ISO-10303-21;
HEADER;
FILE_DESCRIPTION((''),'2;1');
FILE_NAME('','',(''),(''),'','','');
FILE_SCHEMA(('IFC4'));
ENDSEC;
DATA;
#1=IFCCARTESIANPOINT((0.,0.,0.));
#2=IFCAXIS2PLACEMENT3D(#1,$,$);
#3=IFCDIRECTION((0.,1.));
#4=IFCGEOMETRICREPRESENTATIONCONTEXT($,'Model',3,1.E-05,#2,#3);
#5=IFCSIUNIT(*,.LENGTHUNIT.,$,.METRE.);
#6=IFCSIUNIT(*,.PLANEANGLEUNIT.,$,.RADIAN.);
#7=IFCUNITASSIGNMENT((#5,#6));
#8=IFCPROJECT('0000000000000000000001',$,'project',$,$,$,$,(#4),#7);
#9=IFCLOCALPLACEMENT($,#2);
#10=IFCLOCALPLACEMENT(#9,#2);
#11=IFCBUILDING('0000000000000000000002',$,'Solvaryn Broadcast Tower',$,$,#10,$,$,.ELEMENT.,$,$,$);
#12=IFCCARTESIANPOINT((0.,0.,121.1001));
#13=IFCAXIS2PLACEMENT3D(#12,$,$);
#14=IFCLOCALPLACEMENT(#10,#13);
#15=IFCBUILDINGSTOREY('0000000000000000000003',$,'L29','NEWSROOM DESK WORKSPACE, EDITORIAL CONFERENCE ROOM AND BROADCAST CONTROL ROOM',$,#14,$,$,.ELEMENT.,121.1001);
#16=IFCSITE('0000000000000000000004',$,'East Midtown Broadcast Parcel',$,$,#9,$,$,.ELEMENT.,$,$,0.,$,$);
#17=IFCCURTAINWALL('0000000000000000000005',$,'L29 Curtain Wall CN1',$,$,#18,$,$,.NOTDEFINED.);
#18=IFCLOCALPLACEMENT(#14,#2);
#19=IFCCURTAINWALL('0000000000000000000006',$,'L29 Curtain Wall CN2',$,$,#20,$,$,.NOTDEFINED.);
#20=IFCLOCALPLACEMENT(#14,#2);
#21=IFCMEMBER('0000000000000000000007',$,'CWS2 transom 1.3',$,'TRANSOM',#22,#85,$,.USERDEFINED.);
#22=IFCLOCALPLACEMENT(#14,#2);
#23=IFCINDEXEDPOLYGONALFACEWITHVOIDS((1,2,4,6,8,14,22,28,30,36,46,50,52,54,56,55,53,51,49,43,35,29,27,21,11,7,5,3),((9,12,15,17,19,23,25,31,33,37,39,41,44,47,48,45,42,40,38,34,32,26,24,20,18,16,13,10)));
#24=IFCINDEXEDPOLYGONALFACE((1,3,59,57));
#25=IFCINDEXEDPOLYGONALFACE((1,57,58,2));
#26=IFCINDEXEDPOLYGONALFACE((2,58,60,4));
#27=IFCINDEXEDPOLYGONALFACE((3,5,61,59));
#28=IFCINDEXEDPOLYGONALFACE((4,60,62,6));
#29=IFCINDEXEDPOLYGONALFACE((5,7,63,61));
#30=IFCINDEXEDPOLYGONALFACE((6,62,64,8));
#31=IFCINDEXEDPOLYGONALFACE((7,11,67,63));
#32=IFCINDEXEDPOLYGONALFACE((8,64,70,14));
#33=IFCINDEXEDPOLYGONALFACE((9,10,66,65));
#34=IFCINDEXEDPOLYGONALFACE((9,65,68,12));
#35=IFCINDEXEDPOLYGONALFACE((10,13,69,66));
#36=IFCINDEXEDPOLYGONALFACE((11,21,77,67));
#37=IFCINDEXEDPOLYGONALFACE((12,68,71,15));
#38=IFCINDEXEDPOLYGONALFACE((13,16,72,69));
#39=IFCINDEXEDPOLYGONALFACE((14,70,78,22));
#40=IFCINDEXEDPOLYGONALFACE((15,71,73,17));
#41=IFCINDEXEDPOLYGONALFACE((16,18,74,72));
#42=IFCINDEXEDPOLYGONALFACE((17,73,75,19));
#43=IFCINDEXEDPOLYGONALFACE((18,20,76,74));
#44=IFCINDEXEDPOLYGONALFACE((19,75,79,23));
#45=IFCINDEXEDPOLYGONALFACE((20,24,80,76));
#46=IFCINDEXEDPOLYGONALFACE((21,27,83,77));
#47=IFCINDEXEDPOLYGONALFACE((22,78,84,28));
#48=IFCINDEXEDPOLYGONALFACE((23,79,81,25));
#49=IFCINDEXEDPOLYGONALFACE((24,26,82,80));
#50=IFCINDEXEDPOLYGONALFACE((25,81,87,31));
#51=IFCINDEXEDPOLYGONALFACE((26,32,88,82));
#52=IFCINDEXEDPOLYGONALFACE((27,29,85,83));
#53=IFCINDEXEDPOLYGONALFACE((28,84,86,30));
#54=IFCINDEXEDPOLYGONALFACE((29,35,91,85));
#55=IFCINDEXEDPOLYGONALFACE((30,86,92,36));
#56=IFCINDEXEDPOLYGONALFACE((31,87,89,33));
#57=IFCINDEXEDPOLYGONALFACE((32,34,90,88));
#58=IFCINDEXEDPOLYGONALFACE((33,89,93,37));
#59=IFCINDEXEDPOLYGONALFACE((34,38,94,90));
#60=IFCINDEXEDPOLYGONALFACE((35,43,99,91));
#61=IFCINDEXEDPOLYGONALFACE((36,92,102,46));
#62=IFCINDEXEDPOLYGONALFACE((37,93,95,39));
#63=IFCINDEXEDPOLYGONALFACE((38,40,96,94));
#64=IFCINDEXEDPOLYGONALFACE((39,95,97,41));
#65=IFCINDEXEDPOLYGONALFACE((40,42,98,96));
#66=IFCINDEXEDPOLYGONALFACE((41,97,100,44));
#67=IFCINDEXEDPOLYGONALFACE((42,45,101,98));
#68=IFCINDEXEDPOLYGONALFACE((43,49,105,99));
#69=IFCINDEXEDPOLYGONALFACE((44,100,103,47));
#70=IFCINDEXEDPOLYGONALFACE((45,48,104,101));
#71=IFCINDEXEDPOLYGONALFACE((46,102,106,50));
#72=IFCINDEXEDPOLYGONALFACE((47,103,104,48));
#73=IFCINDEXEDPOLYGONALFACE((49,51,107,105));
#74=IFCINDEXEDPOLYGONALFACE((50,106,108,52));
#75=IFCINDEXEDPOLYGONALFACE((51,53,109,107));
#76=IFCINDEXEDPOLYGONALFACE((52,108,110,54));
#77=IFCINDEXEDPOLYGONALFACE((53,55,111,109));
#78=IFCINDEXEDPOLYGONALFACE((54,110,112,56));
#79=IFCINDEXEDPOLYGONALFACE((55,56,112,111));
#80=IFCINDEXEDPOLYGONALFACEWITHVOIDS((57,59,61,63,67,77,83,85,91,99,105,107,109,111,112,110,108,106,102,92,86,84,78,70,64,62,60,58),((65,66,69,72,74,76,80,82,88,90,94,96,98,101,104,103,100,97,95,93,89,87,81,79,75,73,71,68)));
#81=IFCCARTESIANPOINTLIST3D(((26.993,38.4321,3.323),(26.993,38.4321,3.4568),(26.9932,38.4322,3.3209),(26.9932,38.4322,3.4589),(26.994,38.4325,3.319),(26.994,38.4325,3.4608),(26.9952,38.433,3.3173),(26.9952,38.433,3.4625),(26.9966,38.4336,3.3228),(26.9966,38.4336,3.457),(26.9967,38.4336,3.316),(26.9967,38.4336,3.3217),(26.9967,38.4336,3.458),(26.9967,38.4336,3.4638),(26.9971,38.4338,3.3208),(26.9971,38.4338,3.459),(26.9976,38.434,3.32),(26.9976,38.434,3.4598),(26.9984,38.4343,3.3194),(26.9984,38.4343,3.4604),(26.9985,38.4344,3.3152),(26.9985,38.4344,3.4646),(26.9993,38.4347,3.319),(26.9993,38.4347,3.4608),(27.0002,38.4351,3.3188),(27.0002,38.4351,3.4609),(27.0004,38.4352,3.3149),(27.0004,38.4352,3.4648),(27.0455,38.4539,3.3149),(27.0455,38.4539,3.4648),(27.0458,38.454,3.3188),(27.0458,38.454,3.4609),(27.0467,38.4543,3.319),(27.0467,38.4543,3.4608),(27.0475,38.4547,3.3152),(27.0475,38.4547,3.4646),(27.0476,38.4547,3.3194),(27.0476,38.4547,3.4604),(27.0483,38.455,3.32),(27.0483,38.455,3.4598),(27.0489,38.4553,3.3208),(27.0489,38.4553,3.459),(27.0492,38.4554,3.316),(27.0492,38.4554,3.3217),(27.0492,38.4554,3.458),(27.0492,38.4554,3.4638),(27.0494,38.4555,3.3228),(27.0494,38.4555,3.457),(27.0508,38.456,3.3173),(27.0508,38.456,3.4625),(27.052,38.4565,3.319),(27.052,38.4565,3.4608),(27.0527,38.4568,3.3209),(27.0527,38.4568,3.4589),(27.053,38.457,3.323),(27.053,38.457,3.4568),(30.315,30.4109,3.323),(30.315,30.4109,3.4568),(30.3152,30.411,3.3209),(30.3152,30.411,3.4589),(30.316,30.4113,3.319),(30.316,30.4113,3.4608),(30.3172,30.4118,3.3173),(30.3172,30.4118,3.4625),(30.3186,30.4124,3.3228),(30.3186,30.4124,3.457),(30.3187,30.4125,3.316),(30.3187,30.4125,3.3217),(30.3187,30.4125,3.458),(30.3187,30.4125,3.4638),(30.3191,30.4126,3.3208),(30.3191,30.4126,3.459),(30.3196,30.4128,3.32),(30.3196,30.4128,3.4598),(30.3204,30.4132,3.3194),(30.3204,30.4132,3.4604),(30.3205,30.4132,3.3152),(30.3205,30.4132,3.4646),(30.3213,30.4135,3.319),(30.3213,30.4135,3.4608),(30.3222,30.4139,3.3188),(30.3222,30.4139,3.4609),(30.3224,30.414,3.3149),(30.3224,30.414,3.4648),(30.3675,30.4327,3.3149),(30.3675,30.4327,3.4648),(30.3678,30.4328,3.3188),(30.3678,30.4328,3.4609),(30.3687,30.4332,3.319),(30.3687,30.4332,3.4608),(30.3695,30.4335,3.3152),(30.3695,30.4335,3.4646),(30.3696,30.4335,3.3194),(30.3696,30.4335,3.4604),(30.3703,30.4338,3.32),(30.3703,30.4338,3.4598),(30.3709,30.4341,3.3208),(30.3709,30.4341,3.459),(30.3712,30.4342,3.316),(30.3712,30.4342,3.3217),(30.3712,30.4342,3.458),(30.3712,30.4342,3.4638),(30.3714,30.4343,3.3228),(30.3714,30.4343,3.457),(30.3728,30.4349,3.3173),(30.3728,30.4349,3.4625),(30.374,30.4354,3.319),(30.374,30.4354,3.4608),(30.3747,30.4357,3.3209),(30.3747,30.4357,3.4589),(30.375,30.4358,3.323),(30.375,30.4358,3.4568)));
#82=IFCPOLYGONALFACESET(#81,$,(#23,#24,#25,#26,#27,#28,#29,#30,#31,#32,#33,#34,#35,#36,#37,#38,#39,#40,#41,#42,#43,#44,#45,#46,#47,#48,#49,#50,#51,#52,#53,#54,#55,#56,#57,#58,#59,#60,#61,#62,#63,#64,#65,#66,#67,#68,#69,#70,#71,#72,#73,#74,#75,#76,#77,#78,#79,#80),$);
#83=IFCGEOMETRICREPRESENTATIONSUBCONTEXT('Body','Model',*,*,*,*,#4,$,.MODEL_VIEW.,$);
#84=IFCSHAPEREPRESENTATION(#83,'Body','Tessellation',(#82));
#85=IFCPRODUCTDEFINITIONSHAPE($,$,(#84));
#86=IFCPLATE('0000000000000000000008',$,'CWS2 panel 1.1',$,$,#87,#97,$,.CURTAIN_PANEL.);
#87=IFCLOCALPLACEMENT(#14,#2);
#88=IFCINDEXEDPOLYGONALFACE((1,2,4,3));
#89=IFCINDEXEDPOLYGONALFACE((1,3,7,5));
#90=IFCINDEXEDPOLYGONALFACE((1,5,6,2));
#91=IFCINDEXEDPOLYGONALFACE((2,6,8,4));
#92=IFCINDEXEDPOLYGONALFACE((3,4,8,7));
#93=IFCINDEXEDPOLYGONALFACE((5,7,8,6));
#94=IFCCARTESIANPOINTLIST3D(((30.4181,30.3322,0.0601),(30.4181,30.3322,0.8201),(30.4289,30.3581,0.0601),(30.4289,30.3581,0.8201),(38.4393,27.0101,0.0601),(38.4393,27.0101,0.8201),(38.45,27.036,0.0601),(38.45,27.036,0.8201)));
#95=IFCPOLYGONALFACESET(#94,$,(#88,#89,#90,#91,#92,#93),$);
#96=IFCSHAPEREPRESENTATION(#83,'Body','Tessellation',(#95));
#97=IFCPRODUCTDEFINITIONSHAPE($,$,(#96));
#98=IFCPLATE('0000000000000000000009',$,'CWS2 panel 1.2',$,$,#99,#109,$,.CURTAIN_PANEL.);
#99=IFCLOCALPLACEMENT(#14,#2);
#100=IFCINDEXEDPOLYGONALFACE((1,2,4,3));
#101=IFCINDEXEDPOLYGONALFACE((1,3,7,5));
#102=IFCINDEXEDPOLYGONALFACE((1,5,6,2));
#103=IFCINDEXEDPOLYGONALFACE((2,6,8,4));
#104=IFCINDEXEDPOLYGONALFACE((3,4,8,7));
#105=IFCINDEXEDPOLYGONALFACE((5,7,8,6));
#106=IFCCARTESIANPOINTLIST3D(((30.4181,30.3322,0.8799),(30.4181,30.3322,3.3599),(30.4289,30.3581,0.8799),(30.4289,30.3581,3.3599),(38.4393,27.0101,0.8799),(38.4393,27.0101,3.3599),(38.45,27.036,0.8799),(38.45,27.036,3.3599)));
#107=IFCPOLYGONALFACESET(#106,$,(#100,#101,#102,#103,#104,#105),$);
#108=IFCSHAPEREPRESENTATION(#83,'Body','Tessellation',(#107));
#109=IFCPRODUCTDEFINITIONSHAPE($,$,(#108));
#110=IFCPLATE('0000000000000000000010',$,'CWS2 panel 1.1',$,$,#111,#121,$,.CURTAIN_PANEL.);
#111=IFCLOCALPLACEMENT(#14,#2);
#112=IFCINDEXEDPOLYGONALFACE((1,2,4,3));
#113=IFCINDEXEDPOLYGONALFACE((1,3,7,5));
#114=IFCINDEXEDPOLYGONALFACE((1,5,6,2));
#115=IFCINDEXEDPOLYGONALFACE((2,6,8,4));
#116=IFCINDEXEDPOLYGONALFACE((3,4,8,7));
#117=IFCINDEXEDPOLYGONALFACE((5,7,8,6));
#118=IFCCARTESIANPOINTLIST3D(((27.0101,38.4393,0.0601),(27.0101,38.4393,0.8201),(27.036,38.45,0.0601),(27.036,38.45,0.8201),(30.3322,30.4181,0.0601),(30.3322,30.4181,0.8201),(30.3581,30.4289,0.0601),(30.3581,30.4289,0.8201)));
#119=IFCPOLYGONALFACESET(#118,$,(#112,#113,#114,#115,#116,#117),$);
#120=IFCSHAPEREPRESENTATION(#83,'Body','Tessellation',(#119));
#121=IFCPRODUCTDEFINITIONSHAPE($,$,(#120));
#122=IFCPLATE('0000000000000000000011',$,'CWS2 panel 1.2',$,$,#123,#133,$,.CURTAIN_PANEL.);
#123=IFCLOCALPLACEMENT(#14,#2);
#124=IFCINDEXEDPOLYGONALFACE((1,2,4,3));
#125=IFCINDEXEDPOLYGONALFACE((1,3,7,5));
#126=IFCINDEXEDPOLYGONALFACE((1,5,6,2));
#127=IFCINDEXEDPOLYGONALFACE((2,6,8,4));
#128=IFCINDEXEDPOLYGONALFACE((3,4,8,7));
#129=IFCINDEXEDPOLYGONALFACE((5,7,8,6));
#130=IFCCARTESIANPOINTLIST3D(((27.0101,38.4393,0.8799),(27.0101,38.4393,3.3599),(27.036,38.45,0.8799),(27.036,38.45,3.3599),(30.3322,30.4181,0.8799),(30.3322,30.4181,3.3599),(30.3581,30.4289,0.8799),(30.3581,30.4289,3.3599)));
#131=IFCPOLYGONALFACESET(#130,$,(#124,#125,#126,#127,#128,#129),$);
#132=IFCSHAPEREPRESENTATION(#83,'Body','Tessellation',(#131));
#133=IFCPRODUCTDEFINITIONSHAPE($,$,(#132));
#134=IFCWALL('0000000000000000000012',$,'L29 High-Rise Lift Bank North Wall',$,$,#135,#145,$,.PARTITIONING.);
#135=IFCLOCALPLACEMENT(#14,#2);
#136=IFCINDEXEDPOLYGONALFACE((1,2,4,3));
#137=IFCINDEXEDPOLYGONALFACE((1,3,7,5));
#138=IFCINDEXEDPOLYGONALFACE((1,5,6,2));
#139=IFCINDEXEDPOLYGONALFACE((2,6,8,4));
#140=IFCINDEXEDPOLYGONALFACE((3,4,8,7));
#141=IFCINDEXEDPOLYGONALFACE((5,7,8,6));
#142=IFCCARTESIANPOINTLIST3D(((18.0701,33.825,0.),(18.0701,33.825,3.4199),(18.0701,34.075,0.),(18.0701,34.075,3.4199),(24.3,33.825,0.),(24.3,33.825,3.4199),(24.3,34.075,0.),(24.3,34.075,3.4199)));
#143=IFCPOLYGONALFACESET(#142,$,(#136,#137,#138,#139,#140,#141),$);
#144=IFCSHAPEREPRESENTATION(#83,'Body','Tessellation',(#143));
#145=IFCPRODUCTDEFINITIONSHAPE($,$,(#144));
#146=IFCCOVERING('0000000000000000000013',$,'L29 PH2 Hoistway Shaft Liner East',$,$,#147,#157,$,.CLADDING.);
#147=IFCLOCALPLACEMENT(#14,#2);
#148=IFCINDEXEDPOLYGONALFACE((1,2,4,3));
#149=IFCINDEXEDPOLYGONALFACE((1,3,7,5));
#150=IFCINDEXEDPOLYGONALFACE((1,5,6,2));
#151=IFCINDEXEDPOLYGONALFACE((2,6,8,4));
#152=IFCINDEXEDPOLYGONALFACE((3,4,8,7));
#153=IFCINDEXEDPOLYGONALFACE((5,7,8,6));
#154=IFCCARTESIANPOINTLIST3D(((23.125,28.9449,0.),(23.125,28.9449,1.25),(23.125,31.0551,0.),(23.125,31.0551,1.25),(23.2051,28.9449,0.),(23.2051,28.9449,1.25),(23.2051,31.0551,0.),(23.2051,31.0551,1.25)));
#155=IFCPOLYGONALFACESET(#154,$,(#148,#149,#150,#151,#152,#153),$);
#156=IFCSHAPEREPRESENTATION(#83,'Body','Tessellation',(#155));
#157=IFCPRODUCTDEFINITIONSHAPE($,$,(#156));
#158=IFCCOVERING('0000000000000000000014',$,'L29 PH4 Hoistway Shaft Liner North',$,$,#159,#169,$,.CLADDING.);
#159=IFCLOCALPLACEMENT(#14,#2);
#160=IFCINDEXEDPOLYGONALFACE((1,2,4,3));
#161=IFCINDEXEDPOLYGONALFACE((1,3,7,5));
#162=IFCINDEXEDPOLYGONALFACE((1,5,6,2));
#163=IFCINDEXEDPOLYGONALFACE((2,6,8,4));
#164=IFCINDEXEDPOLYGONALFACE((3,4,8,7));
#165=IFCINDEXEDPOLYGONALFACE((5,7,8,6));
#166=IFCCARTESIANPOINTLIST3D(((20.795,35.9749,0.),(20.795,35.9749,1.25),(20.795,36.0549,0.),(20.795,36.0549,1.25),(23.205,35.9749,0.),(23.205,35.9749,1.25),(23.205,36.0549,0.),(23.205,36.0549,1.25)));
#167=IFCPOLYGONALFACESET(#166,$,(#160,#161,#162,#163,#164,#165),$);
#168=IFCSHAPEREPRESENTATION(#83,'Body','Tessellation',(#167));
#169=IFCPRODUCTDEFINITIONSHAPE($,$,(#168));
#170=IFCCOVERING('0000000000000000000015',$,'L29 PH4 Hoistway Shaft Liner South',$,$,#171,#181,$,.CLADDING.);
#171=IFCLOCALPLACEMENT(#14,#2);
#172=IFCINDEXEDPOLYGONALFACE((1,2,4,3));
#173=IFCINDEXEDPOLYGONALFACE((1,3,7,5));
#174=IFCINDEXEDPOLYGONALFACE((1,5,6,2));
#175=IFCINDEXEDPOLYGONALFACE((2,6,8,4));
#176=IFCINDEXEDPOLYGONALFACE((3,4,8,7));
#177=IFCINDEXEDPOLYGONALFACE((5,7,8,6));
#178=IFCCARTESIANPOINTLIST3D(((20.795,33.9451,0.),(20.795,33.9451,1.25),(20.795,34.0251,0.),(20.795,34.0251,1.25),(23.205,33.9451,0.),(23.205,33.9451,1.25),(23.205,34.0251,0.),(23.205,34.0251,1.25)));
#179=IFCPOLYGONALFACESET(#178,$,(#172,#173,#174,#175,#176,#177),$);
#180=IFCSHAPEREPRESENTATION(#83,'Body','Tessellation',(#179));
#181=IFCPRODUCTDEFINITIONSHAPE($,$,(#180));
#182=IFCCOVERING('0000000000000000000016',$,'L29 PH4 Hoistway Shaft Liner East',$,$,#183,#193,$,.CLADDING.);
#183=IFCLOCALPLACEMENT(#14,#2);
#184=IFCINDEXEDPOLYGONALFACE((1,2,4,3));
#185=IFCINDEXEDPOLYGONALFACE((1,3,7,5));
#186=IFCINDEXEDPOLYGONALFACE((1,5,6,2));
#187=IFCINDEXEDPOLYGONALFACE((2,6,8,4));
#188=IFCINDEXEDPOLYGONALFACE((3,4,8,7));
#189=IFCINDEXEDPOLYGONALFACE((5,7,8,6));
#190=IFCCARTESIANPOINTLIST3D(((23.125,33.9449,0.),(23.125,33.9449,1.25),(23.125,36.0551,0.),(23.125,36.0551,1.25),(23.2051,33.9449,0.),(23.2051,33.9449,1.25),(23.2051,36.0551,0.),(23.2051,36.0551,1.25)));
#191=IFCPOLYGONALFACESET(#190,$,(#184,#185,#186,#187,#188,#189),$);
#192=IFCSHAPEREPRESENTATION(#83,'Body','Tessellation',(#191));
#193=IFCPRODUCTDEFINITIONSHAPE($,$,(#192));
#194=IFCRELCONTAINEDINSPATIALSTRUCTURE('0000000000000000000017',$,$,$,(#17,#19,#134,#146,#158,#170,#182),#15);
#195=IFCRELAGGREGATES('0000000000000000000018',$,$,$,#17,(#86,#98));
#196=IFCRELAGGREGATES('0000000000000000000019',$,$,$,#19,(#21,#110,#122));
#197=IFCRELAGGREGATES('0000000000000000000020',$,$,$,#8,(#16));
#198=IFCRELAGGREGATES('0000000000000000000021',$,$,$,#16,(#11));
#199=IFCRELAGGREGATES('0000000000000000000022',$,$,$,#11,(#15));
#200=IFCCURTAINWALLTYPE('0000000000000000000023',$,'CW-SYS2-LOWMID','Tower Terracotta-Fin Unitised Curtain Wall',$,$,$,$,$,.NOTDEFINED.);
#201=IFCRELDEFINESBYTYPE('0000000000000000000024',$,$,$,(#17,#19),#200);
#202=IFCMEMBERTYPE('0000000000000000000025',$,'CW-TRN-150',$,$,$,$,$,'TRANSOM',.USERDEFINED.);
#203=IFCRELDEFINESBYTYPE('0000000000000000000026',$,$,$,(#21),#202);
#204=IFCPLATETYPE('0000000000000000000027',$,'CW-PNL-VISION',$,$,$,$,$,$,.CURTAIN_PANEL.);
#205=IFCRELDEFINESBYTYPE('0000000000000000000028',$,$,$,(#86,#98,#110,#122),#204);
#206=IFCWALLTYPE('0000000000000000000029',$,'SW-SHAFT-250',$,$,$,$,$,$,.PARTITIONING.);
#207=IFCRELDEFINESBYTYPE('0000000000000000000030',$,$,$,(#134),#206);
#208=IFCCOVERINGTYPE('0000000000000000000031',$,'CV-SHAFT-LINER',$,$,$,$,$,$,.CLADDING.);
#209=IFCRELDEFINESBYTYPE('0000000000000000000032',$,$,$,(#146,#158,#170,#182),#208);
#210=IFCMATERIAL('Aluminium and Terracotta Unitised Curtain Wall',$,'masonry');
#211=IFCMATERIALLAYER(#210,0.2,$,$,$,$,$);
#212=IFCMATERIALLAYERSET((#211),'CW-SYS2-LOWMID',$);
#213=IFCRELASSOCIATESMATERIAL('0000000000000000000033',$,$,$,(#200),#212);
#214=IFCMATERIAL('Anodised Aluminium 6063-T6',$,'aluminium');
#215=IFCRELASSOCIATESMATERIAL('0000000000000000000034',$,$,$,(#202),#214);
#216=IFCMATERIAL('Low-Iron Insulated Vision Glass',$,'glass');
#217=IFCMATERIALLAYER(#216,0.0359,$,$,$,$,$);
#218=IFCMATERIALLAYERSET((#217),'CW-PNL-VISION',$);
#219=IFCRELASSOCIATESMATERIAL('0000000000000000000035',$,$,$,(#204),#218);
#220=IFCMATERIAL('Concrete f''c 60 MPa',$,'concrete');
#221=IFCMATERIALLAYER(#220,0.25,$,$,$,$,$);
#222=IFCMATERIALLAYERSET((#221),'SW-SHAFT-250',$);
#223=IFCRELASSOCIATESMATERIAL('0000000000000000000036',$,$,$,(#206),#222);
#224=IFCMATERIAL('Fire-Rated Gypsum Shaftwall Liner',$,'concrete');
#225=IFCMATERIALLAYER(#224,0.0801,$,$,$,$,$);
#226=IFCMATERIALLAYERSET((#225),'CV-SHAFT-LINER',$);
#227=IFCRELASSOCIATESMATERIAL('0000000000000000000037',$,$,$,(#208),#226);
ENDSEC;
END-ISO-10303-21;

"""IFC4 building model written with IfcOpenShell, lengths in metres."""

from ifc_helpers import new_model, si_unit, direction, frame, frame_2d, origin, origin_2d, place, context, subcontext, project, spatial, rectangle, hollow_rectangle, extrude, material, layer, layer_set, material_profile, profile_set, type_object, element, aggregate, save


model = new_model("IFC4")

# Units and contexts
model_context = context("Model", 3, precision=1e-05, world=origin(), true_north=direction((0.0, 1.0)))
body_context = subcontext(model_context, "Body", "Model", "MODEL_VIEW")
ifc_project = project(units=[si_unit("LENGTHUNIT", "METRE"), si_unit("PLANEANGLEUNIT", "RADIAN")], contexts=[model_context])

# Site, building, storey
site_placement = place(None, origin())
site = spatial("IfcSite", under=ifc_project, at=site_placement, Name="East Midtown Broadcast Parcel", CompositionType="ELEMENT", RefElevation=0.0)
building_placement = place(site_placement, origin())
building = spatial("IfcBuilding", under=site, at=building_placement, Name="Solvaryn Broadcast Tower", CompositionType="ELEMENT")
storey_placement = place(building_placement, frame((0.0, 0.0, 121.1001)))
storey = spatial("IfcBuildingStorey", under=building, at=storey_placement, Name="L29", Description="NEWSROOM DESK WORKSPACE, EDITORIAL CONFERENCE ROOM AND BROADCAST CONTROL ROOM", CompositionType="ELEMENT", Elevation=121.1001)

# Curtain wall
ifc_material_1 = material(Name="Aluminium and Terracotta Unitised Curtain Wall", Category="masonry")
ifc_layer_1 = layer(ifc_material_1, 0.2)
ifc_layer_set_1 = layer_set([ifc_layer_1], Name="CW-SYS2-LOWMID")
curtain_wall_type = type_object("IfcCurtainWallType", Name="CW-SYS2-LOWMID", Description="Tower Terracotta-Fin Unitised Curtain Wall", PredefinedType="NOTDEFINED", material=ifc_layer_set_1)
curtain_wall_1_placement = place(storey_placement, origin())
curtain_wall_1 = element("IfcCurtainWall", 1, at=curtain_wall_1_placement, inside=storey, type_object=curtain_wall_type, Name="L29 Curtain Wall CN1", PredefinedType="NOTDEFINED")

# Curtain wall, member
curtain_wall_2_placement = place(storey_placement, origin())
curtain_wall_2 = element("IfcCurtainWall", 2, at=curtain_wall_2_placement, inside=storey, type_object=curtain_wall_type, Name="L29 Curtain Wall CN2", PredefinedType="NOTDEFINED")
ifc_material_2 = material(Name="Anodised Aluminium 6063-T6", Category="aluminium")
ifc_material_profile_1 = material_profile(ifc_material_2, hollow_rectangle(XDim=0.0649, YDim=0.1499, WallThickness=0.0039, InnerFilletRadius=0.0039, OuterFilletRadius=0.0081, at=origin_2d()))
ifc_profile_set_1 = profile_set([ifc_material_profile_1], Name="Anodised Aluminium 6063-T6")
member_type_1 = type_object("IfcMemberType", Name="CW-TRN-150", ElementType="TRANSOM", PredefinedType="USERDEFINED", material=ifc_profile_set_1)
member_1_placement = place(storey_placement, frame((30.345, 30.4233, 3.3899), z_axis=(-0.382636, 0.923899, 0.0), x_axis=(-0.923899, -0.382636, 0.0)))
member_1 = element("IfcMember", 3, at=member_1_placement, type_object=member_type_1, Name="CWS2 transom 1.3", ObjectType="TRANSOM", PredefinedType="USERDEFINED", context=body_context, shape_type="SweptSolid", body=[
    extrude(hollow_rectangle(XDim=0.0649, YDim=0.1499, WallThickness=0.0039, InnerFilletRadius=0.0039, OuterFilletRadius=0.0081, at=origin_2d()), origin(), (0.0, 0.0, 1.0), 8.6819),
])

# Plates
ifc_material_3 = material(Name="Low-Iron Insulated Vision Glass", Category="glass")
ifc_layer_2 = layer(ifc_material_3, 0.0359)
ifc_layer_set_2 = layer_set([ifc_layer_2], Name="CW-PNL-VISION")
plate_type = type_object("IfcPlateType", Name="CW-PNL-VISION", PredefinedType="CURTAIN_PANEL", material=ifc_layer_set_2)
plate_1_placement = place(storey_placement, frame((34.4341, 28.6841, 0.0601), z_axis=(0.0, 0.0, 1.0), x_axis=(-0.923895, 0.382646, 0.0)))
plate_1 = element("IfcPlate", 4, at=plate_1_placement, type_object=plate_type, Name="CWS2 panel 1.1", PredefinedType="CURTAIN_PANEL", context=body_context, shape_type="SweptSolid", body=[
    extrude(rectangle(XDim=8.6819, YDim=0.0281, at=origin_2d()), origin(), (0.0, 0.0, 1.0), 0.76),
])
plate_2_placement = place(storey_placement, frame((34.4341, 28.6841, 0.8799), z_axis=(0.0, 0.0, 1.0), x_axis=(-0.923895, 0.382646, 0.0)))
plate_2 = element("IfcPlate", 5, at=plate_2_placement, type_object=plate_type, Name="CWS2 panel 1.2", PredefinedType="CURTAIN_PANEL", context=body_context, shape_type="SweptSolid", body=[
    extrude(rectangle(XDim=8.6819, YDim=0.0281, at=origin_2d()), origin(), (0.0, 0.0, 1.0), 2.48),
])
aggregate(curtain_wall_1, [plate_1, plate_2])
plate_3_placement = place(storey_placement, frame((28.6841, 34.4341, 0.0601), z_axis=(0.0, 0.0, 1.0), x_axis=(-0.382646, 0.923895, 0.0)))
plate_3 = element("IfcPlate", 6, at=plate_3_placement, type_object=plate_type, Name="CWS2 panel 1.1", PredefinedType="CURTAIN_PANEL", context=body_context, shape_type="SweptSolid", body=[
    extrude(rectangle(XDim=8.6819, YDim=0.0281, at=origin_2d()), origin(), (0.0, 0.0, 1.0), 0.76),
])
plate_4_placement = place(storey_placement, frame((28.6841, 34.4341, 0.8799), z_axis=(0.0, 0.0, 1.0), x_axis=(-0.382646, 0.923895, 0.0)))
plate_4 = element("IfcPlate", 7, at=plate_4_placement, type_object=plate_type, Name="CWS2 panel 1.2", PredefinedType="CURTAIN_PANEL", context=body_context, shape_type="SweptSolid", body=[
    extrude(rectangle(XDim=8.6819, YDim=0.0281, at=origin_2d()), origin(), (0.0, 0.0, 1.0), 2.48),
])
aggregate(curtain_wall_2, [member_1, plate_3, plate_4])

# Wall
ifc_material_4 = material(Name="Concrete f'c 60 MPa", Category="concrete")
ifc_layer_3 = layer(ifc_material_4, 0.25)
ifc_layer_set_3 = layer_set([ifc_layer_3], Name="SW-SHAFT-250")
wall_type = type_object("IfcWallType", Name="SW-SHAFT-250", PredefinedType="PARTITIONING", material=ifc_layer_set_3)
wall_placement = place(storey_placement, frame((24.3, 33.95, 0.0), z_axis=(0.0, 0.0, 1.0), x_axis=(-1.0, 0.0, 0.0)))
element("IfcWall", 8, at=wall_placement, inside=storey, type_object=wall_type, Name="L29 High-Rise Lift Bank North Wall", PredefinedType="PARTITIONING", context=body_context, shape_type="SweptSolid", body=[
    extrude(rectangle(XDim=6.23, YDim=0.25, at=frame_2d((3.115, 0.0))), origin(), (0.0, 0.0, 1.0), 3.4199),
])

# Coverings
ifc_material_5 = material(Name="Fire-Rated Gypsum Shaftwall Liner", Category="concrete")
ifc_layer_4 = layer(ifc_material_5, 0.0801)
ifc_layer_set_4 = layer_set([ifc_layer_4], Name="CV-SHAFT-LINER")
covering_type_1 = type_object("IfcCoveringType", Name="CV-SHAFT-LINER", PredefinedType="CLADDING", material=ifc_layer_set_4)
covering_1_placement = place(storey_placement, frame((23.165, 30.0, 0.0), z_axis=(0.0, 0.0, 1.0), x_axis=(1.0, 0.0, 0.0)))
element("IfcCovering", 9, at=covering_1_placement, inside=storey, type_object=covering_type_1, Name="L29 PH2 Hoistway Shaft Liner East", PredefinedType="CLADDING", context=body_context, shape_type="SweptSolid", body=[
    extrude(rectangle(XDim=0.0801, YDim=2.1101, at=origin_2d()), origin(), (0.0, 0.0, 1.0), 1.25),
])
for number, where, z_axis, x_axis, name in (
    (10, (22.0, 36.0149, 0.0), (0.0, 0.0, 1.0), (1.0, 0.0, 0.0), "L29 PH4 Hoistway Shaft Liner North"),
    (11, (22.0, 33.9851, 0.0), (0.0, 0.0, 1.0), (1.0, 0.0, 0.0), "L29 PH4 Hoistway Shaft Liner South"),
):
    element("IfcCovering", number, at=place(storey_placement, frame(where, z_axis=z_axis, x_axis=x_axis)), inside=storey, type_object=covering_type_1, Name=name, PredefinedType="CLADDING", context=body_context, shape_type="SweptSolid", body=[
        extrude(rectangle(XDim=2.4099, YDim=0.0801, at=origin_2d()), origin(), (0.0, 0.0, 1.0), 1.25),
    ])
covering_2_placement = place(storey_placement, frame((23.165, 35.0, 0.0), z_axis=(0.0, 0.0, 1.0), x_axis=(1.0, 0.0, 0.0)))
element("IfcCovering", 12, at=covering_2_placement, inside=storey, type_object=covering_type_1, Name="L29 PH4 Hoistway Shaft Liner East", PredefinedType="CLADDING", context=body_context, shape_type="SweptSolid", body=[
    extrude(rectangle(XDim=0.0801, YDim=2.1101, at=origin_2d()), origin(), (0.0, 0.0, 1.0), 1.25),
])

save(model, "model.ifc")
